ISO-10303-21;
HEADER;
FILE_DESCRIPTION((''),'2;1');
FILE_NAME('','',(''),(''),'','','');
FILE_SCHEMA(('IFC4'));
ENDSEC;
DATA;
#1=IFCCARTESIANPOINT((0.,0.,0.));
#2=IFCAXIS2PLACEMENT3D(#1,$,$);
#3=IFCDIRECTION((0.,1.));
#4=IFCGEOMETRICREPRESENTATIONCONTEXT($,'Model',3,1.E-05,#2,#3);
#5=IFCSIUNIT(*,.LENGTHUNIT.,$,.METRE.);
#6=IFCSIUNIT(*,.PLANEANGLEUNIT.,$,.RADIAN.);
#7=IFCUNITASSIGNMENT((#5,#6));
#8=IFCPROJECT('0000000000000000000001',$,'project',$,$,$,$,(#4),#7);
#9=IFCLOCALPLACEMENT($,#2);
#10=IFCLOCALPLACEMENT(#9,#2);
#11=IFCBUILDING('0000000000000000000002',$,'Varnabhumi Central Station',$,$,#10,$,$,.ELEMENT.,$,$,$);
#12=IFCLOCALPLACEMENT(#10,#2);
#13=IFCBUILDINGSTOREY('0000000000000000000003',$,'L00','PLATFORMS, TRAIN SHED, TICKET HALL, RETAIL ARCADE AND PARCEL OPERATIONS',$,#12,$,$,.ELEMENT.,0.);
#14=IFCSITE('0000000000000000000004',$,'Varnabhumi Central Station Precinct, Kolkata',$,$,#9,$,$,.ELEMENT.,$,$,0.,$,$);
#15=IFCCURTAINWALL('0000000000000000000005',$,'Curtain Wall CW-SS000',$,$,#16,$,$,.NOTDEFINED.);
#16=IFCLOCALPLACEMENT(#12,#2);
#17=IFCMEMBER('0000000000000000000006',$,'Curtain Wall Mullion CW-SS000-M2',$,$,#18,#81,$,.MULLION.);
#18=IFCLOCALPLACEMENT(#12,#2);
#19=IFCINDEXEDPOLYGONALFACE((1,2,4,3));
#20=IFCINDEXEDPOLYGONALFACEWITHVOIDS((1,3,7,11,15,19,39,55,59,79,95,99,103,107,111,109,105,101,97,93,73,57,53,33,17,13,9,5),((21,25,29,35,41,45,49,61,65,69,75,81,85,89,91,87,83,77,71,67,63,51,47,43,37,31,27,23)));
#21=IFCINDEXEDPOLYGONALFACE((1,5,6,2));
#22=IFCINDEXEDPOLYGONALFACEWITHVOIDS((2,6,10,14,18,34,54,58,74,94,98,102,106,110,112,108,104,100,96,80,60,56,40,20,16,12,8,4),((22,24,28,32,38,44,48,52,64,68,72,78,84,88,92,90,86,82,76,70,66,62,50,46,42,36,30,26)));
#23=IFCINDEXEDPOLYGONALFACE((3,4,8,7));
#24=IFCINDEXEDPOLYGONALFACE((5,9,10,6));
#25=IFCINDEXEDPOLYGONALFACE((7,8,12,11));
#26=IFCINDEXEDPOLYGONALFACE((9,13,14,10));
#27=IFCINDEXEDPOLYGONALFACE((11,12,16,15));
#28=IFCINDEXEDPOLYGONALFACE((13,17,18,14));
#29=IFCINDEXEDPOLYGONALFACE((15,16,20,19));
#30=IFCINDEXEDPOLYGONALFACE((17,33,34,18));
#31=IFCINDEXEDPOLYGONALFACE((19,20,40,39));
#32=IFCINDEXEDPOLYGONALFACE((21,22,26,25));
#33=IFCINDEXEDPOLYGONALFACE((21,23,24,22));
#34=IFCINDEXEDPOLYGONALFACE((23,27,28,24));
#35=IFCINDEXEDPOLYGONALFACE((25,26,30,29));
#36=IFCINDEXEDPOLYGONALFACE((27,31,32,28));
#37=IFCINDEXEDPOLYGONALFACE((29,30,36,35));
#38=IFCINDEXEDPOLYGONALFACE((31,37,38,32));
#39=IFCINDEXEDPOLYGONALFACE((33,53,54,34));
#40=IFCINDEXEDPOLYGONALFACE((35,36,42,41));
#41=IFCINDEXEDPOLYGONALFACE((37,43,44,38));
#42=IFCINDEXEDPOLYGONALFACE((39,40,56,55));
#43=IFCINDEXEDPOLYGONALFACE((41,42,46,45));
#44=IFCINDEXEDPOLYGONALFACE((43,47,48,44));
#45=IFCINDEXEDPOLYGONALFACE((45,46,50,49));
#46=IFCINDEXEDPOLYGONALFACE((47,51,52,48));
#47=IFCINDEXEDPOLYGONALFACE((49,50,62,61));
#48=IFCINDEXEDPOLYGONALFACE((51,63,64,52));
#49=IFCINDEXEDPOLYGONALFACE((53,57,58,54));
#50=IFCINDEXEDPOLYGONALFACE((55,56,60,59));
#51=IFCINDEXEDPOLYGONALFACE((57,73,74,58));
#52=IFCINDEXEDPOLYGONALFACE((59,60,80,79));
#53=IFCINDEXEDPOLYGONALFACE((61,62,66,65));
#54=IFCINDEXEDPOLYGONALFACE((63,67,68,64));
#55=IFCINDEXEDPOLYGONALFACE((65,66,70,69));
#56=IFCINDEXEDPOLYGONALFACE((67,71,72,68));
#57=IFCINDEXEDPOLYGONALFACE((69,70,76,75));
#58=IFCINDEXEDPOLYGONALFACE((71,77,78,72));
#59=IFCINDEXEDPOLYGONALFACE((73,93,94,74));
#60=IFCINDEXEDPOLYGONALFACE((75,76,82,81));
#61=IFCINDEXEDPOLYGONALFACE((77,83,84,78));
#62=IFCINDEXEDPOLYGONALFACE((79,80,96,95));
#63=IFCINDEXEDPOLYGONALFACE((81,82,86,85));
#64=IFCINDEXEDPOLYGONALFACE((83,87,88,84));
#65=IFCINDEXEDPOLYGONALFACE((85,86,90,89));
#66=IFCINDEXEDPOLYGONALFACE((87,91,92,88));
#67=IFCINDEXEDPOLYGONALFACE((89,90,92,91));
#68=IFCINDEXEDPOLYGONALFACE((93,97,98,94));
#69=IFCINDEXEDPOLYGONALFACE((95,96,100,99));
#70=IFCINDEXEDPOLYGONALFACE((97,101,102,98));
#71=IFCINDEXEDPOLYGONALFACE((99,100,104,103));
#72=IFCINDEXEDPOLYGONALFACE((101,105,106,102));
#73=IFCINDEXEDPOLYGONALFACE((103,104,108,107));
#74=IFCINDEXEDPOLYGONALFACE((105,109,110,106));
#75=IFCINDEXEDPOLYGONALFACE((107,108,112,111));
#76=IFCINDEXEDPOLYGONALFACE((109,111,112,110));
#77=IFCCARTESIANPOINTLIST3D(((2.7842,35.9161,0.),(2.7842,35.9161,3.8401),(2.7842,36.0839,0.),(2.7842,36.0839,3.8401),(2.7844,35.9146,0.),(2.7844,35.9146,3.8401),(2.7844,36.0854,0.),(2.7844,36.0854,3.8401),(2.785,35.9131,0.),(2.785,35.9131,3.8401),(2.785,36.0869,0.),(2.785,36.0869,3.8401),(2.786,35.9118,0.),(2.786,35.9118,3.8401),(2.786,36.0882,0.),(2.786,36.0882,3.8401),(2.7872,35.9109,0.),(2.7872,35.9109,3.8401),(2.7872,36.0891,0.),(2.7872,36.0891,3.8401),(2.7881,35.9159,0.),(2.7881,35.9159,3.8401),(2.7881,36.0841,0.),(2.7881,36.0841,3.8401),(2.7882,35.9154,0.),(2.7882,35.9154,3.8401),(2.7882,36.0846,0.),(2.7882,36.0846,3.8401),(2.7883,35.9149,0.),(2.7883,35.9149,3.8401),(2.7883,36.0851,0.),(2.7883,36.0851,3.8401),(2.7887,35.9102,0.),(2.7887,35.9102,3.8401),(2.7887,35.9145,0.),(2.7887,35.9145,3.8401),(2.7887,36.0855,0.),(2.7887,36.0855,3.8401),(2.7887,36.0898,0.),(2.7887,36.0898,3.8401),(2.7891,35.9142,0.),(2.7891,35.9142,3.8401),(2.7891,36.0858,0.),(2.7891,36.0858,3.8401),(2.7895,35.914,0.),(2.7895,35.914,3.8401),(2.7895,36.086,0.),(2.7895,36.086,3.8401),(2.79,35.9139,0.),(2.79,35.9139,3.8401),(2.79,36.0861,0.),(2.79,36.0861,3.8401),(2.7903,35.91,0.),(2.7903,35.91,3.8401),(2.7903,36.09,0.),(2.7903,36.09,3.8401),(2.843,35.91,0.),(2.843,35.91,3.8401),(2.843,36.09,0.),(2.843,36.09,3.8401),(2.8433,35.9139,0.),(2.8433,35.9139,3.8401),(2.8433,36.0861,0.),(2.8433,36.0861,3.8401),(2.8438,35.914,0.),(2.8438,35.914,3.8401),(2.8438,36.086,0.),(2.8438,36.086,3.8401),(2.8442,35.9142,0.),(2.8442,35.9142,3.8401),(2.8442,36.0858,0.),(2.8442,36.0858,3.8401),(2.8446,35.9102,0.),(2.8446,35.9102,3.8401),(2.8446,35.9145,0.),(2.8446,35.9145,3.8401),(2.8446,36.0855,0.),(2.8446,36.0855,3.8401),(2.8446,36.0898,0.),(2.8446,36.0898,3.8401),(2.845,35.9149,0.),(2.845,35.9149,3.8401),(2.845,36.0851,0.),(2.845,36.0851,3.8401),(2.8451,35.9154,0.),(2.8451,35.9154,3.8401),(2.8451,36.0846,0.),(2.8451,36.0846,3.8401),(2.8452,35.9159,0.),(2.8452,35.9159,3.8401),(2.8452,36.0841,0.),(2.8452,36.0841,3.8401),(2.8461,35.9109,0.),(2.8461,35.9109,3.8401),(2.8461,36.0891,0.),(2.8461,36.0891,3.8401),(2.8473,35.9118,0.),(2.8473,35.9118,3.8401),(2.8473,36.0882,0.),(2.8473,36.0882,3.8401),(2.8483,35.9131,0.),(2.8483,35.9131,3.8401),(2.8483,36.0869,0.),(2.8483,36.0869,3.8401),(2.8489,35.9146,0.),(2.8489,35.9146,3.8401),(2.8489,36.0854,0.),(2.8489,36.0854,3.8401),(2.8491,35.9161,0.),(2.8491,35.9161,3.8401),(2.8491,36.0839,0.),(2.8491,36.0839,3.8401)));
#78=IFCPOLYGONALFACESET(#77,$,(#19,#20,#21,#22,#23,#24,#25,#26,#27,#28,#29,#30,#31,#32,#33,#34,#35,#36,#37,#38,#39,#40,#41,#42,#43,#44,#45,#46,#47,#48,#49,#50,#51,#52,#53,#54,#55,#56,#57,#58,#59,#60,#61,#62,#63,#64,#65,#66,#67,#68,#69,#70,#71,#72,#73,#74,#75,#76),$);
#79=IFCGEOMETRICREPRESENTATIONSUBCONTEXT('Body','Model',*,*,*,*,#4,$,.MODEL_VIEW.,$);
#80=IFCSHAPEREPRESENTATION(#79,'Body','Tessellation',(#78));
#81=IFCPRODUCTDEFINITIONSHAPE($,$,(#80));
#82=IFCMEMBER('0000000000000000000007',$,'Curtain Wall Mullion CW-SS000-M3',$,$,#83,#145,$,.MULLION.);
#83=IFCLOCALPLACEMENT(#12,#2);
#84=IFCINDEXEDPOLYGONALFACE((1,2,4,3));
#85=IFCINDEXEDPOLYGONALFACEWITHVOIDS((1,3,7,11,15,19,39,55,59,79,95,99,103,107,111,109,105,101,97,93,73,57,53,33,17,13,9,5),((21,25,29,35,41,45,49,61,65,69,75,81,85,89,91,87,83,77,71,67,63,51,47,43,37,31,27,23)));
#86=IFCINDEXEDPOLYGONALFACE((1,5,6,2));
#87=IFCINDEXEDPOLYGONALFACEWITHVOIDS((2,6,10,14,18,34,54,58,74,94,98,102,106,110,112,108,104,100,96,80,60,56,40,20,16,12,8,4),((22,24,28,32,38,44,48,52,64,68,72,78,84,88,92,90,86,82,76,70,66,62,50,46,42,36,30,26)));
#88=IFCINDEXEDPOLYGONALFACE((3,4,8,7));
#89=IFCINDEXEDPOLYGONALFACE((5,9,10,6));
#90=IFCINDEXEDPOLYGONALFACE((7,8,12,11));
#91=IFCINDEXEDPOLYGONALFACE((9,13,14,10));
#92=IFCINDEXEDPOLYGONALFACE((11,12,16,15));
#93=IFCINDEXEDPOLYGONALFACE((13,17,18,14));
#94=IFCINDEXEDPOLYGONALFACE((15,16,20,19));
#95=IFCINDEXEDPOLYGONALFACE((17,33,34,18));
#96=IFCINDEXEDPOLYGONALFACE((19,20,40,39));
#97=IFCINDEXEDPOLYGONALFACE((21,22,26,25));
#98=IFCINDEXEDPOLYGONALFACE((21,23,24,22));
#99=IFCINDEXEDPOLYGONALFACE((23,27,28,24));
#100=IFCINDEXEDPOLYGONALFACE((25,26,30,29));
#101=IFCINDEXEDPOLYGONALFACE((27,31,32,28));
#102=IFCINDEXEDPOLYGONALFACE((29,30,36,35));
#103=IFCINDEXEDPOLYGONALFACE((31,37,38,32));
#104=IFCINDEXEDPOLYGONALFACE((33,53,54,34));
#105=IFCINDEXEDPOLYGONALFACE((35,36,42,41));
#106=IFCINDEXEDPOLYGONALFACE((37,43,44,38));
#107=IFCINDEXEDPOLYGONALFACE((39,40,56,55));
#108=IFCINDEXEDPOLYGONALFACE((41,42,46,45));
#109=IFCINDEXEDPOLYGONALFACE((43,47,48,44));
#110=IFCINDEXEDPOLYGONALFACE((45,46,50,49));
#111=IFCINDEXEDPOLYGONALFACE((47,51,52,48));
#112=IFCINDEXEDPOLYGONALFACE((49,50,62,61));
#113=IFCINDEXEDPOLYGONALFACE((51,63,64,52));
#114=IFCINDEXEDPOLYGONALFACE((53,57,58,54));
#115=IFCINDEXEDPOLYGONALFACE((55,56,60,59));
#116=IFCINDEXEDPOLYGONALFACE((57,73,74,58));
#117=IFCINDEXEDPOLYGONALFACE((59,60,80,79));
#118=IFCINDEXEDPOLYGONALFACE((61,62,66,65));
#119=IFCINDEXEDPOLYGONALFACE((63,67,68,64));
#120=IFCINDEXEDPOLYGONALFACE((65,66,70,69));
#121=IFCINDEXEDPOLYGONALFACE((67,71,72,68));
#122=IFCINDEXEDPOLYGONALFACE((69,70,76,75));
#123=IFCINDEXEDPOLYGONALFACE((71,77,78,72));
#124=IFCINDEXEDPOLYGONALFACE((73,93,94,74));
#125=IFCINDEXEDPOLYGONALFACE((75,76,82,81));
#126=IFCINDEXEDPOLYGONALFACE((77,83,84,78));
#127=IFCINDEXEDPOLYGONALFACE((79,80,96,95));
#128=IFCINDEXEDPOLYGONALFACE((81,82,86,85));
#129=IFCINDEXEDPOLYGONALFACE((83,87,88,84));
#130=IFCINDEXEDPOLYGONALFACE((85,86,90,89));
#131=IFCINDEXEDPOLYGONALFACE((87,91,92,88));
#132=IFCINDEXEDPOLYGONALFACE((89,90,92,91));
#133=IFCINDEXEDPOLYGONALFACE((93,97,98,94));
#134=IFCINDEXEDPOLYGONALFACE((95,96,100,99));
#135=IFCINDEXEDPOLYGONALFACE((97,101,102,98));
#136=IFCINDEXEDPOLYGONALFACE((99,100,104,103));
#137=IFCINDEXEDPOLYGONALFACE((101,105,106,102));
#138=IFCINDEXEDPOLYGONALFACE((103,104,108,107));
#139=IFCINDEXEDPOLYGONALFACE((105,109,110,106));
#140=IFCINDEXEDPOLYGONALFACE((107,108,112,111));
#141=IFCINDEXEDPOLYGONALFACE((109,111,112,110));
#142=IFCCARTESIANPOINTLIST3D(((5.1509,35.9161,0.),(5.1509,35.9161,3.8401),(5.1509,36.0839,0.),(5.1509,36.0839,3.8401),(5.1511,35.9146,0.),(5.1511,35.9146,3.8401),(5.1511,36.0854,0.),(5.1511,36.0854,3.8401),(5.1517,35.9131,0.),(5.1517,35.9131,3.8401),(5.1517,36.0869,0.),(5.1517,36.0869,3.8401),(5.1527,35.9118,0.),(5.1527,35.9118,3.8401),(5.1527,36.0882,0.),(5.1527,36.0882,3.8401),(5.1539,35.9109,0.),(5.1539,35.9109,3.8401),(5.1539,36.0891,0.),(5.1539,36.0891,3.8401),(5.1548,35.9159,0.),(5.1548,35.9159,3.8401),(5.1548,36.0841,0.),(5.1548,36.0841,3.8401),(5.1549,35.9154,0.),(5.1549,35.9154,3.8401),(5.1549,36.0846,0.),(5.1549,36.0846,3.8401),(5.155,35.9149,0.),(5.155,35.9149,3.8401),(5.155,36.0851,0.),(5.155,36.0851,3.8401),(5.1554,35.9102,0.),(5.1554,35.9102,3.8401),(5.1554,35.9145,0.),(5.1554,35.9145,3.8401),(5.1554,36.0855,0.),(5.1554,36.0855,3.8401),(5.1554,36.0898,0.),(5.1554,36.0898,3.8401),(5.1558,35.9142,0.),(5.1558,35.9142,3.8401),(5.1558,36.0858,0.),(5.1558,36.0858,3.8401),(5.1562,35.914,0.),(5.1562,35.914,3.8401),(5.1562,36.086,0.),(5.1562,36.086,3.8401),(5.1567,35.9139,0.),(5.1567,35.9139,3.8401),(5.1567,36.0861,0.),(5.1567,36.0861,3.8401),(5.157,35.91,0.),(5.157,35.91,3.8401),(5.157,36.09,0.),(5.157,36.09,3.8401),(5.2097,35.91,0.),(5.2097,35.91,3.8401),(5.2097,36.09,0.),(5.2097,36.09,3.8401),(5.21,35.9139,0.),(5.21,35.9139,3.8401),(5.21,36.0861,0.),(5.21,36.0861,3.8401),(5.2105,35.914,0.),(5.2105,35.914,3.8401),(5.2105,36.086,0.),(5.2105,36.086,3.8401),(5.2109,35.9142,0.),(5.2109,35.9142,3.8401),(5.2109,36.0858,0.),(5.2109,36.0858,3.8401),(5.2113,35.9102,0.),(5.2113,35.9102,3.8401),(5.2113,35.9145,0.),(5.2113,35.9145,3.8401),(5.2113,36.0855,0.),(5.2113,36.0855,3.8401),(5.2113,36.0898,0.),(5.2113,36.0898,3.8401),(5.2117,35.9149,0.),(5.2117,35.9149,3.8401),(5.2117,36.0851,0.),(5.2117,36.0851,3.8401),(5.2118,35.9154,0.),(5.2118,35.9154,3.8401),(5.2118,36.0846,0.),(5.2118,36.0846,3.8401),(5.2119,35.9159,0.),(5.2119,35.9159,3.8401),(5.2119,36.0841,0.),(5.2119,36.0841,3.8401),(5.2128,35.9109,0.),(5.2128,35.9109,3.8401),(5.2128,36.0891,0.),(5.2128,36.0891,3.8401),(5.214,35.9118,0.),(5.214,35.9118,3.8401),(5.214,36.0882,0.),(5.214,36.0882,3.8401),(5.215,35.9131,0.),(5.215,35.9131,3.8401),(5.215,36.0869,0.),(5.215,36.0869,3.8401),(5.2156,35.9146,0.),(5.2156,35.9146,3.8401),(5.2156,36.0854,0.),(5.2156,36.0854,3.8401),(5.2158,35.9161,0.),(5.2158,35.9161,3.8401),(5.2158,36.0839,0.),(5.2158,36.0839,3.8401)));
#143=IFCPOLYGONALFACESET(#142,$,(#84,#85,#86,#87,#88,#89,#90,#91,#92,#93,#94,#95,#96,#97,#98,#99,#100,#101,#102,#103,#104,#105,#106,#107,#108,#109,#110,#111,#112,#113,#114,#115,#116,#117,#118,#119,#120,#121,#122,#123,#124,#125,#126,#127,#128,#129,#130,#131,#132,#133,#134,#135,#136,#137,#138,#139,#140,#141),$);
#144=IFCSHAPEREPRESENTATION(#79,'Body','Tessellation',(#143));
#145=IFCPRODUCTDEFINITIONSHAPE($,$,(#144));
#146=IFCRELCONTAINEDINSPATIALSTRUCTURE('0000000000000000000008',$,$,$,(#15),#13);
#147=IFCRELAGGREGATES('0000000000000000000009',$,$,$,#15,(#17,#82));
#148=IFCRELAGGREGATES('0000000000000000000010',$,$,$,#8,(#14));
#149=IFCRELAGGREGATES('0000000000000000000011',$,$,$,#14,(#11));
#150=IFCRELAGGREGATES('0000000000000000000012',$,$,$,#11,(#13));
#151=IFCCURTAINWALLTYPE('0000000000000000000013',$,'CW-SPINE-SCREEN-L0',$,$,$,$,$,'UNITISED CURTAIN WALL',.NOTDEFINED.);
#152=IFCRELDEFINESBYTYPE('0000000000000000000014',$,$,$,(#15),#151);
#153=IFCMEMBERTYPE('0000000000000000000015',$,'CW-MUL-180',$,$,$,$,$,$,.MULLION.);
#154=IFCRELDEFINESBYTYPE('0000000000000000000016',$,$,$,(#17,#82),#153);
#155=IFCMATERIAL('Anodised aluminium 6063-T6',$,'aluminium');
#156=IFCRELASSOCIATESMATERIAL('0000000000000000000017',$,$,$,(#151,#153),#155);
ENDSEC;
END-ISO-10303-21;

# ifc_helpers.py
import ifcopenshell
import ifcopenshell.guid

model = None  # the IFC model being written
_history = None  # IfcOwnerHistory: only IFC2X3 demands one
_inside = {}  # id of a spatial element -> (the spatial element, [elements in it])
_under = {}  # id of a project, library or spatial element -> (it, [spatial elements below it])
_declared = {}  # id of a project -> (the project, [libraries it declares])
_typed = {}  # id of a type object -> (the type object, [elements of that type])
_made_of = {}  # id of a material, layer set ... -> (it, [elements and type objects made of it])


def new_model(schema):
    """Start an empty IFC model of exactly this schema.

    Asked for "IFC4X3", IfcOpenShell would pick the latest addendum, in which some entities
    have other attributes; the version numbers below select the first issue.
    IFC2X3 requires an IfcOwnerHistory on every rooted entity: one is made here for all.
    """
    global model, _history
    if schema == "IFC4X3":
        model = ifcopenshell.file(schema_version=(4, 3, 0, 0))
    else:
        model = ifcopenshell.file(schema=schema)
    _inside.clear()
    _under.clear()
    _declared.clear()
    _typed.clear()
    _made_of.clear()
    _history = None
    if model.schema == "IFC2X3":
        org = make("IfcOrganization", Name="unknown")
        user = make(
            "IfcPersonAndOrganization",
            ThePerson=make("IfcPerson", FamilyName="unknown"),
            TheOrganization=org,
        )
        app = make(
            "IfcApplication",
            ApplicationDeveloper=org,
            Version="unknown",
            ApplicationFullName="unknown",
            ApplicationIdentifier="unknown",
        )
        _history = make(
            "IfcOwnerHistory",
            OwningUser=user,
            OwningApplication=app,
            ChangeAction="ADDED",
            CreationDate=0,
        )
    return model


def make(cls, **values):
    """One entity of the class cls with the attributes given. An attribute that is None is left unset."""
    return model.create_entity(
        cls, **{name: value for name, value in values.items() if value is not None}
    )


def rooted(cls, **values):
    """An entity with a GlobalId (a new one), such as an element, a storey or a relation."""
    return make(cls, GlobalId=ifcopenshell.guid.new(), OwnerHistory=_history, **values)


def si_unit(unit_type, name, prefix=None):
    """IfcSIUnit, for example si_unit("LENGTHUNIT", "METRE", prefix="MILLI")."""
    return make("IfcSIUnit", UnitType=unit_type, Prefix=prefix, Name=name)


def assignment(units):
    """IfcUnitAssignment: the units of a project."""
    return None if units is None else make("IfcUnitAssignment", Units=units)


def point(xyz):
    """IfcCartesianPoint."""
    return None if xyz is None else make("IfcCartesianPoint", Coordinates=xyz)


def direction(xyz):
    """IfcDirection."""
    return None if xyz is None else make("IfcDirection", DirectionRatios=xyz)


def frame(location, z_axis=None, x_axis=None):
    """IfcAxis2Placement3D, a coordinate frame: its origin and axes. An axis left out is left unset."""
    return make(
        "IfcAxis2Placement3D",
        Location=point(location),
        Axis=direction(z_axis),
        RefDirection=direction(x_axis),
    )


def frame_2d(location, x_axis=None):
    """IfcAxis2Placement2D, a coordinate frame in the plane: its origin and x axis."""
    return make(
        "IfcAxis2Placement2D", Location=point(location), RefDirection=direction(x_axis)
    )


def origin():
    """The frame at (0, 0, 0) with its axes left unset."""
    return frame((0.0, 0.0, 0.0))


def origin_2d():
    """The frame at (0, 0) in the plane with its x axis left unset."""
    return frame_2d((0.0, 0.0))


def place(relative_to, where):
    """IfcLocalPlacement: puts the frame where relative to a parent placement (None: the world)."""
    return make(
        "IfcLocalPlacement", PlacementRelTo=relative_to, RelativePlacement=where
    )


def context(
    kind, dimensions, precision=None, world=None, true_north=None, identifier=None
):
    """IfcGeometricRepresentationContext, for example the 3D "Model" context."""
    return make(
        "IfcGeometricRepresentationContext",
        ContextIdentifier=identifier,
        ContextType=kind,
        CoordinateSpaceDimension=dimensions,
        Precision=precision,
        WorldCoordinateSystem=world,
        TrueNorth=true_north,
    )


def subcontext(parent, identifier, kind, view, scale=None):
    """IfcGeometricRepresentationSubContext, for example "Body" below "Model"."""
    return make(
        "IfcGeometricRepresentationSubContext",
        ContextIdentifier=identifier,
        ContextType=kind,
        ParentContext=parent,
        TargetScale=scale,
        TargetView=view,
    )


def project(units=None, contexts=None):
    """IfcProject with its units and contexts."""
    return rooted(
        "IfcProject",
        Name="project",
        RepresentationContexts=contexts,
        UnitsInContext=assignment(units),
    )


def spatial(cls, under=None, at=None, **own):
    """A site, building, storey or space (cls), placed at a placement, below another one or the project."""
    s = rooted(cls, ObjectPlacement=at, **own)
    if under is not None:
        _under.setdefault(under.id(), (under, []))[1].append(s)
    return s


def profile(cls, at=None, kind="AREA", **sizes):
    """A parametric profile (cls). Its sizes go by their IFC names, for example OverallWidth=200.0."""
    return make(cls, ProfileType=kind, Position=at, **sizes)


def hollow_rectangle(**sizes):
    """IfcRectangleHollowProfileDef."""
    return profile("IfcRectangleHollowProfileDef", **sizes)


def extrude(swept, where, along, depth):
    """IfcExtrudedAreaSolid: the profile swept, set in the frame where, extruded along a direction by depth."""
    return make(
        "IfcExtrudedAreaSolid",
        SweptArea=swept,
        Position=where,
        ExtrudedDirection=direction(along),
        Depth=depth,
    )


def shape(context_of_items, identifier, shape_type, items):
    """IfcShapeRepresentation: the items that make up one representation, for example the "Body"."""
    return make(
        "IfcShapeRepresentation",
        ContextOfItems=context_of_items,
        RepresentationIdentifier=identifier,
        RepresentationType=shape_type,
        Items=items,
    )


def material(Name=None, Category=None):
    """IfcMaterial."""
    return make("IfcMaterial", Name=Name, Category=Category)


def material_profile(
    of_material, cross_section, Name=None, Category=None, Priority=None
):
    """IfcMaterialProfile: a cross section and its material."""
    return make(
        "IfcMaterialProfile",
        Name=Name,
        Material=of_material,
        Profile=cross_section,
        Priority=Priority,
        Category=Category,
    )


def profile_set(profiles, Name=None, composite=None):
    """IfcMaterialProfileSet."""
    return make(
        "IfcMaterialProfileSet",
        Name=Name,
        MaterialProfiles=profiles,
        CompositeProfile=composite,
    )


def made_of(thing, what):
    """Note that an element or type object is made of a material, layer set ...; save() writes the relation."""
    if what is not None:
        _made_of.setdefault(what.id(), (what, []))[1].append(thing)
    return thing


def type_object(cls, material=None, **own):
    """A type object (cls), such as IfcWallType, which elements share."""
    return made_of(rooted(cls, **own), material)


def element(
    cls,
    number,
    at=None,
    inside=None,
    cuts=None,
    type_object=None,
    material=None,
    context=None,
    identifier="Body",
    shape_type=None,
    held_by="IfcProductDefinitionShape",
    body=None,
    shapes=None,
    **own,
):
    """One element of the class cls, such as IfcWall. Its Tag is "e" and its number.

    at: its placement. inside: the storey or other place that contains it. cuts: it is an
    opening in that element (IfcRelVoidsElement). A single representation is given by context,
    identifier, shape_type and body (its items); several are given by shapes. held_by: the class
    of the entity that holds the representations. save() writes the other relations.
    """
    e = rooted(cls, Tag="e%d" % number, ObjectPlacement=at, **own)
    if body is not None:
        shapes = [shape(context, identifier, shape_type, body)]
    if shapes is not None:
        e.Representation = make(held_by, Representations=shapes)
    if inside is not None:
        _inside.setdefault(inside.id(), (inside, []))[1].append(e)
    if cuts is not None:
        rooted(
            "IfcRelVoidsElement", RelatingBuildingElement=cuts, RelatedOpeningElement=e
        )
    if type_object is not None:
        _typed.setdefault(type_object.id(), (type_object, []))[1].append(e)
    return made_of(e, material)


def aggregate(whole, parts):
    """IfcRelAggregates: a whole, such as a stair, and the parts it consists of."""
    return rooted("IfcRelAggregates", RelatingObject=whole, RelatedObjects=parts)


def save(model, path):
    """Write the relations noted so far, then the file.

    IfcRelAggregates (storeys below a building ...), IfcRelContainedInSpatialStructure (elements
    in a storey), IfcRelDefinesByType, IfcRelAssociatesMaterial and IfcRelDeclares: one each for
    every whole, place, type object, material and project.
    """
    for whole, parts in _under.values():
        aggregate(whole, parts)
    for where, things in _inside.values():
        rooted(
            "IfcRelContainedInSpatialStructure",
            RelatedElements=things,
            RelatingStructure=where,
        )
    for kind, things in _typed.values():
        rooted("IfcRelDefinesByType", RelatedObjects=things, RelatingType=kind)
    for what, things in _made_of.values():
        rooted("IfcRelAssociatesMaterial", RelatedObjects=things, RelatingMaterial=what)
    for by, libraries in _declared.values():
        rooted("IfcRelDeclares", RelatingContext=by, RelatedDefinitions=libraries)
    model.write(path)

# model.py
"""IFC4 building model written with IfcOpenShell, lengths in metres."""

from ifc_helpers import new_model, si_unit, direction, frame, origin, origin_2d, place, context, subcontext, project, spatial, hollow_rectangle, extrude, material, material_profile, profile_set, type_object, element, aggregate, save


model = new_model("IFC4")

# Units and contexts
model_context = context("Model", 3, precision=1e-05, world=origin(), true_north=direction((0.0, 1.0)))
body_context = subcontext(model_context, "Body", "Model", "MODEL_VIEW")
ifc_project = project(units=[si_unit("LENGTHUNIT", "METRE"), si_unit("PLANEANGLEUNIT", "RADIAN")], contexts=[model_context])

# Site, building, storey
site_placement = place(None, origin())
site = spatial("IfcSite", under=ifc_project, at=site_placement, Name="Varnabhumi Central Station Precinct, Kolkata", CompositionType="ELEMENT", RefElevation=0.0)
building_placement = place(site_placement, origin())
building = spatial("IfcBuilding", under=site, at=building_placement, Name="Varnabhumi Central Station", CompositionType="ELEMENT")
storey_placement = place(building_placement, origin())
storey = spatial("IfcBuildingStorey", under=building, at=storey_placement, Name="L00", Description="PLATFORMS, TRAIN SHED, TICKET HALL, RETAIL ARCADE AND PARCEL OPERATIONS", CompositionType="ELEMENT", Elevation=0.0)

# Curtain wall, members
ifc_material_1 = material(Name="Anodised aluminium 6063-T6", Category="aluminium")
curtain_wall_type = type_object("IfcCurtainWallType", Name="CW-SPINE-SCREEN-L0", ElementType="UNITISED CURTAIN WALL", PredefinedType="NOTDEFINED", material=ifc_material_1)
curtain_wall_placement = place(storey_placement, origin())
curtain_wall = element("IfcCurtainWall", 1, at=curtain_wall_placement, inside=storey, type_object=curtain_wall_type, Name="Curtain Wall CW-SS000", PredefinedType="NOTDEFINED")
ifc_material_profile_1 = material_profile(ifc_material_1, hollow_rectangle(XDim=0.0649, YDim=0.1799, WallThickness=0.0039, InnerFilletRadius=0.002, OuterFilletRadius=0.0061, at=origin_2d()), Name="Anodised aluminium 6063-T6", Category="aluminium")
ifc_profile_set_1 = profile_set([ifc_material_profile_1], Name="Anodised aluminium 6063-T6")
member_type_1 = type_object("IfcMemberType", Name="CW-MUL-180", PredefinedType="MULLION", material=ifc_profile_set_1)
member_1_placement = place(storey_placement, frame((2.8167, 36.0, 0.0), z_axis=(0.0, 0.0, 1.0), x_axis=(1.0, 0.0, 0.0)))
member_1 = element("IfcMember", 2, at=member_1_placement, type_object=member_type_1, Name="Curtain Wall Mullion CW-SS000-M2", PredefinedType="MULLION", context=body_context, shape_type="SweptSolid", body=[
    extrude(hollow_rectangle(XDim=0.0649, YDim=0.1799, WallThickness=0.0039, InnerFilletRadius=0.002, OuterFilletRadius=0.0061, at=origin_2d()), origin(), (0.0, 0.0, 1.0), 3.8401),
])
member_2_placement = place(storey_placement, frame((5.1833, 36.0, 0.0), z_axis=(0.0, 0.0, 1.0), x_axis=(1.0, 0.0, 0.0)))
member_2 = element("IfcMember", 3, at=member_2_placement, type_object=member_type_1, Name="Curtain Wall Mullion CW-SS000-M3", PredefinedType="MULLION", context=body_context, shape_type="SweptSolid", body=[
    extrude(hollow_rectangle(XDim=0.0649, YDim=0.1799, WallThickness=0.0039, InnerFilletRadius=0.002, OuterFilletRadius=0.0061, at=origin_2d()), origin(), (0.0, 0.0, 1.0), 3.8401),
])
aggregate(curtain_wall, [member_1, member_2])

save(model, "model.ifc")
